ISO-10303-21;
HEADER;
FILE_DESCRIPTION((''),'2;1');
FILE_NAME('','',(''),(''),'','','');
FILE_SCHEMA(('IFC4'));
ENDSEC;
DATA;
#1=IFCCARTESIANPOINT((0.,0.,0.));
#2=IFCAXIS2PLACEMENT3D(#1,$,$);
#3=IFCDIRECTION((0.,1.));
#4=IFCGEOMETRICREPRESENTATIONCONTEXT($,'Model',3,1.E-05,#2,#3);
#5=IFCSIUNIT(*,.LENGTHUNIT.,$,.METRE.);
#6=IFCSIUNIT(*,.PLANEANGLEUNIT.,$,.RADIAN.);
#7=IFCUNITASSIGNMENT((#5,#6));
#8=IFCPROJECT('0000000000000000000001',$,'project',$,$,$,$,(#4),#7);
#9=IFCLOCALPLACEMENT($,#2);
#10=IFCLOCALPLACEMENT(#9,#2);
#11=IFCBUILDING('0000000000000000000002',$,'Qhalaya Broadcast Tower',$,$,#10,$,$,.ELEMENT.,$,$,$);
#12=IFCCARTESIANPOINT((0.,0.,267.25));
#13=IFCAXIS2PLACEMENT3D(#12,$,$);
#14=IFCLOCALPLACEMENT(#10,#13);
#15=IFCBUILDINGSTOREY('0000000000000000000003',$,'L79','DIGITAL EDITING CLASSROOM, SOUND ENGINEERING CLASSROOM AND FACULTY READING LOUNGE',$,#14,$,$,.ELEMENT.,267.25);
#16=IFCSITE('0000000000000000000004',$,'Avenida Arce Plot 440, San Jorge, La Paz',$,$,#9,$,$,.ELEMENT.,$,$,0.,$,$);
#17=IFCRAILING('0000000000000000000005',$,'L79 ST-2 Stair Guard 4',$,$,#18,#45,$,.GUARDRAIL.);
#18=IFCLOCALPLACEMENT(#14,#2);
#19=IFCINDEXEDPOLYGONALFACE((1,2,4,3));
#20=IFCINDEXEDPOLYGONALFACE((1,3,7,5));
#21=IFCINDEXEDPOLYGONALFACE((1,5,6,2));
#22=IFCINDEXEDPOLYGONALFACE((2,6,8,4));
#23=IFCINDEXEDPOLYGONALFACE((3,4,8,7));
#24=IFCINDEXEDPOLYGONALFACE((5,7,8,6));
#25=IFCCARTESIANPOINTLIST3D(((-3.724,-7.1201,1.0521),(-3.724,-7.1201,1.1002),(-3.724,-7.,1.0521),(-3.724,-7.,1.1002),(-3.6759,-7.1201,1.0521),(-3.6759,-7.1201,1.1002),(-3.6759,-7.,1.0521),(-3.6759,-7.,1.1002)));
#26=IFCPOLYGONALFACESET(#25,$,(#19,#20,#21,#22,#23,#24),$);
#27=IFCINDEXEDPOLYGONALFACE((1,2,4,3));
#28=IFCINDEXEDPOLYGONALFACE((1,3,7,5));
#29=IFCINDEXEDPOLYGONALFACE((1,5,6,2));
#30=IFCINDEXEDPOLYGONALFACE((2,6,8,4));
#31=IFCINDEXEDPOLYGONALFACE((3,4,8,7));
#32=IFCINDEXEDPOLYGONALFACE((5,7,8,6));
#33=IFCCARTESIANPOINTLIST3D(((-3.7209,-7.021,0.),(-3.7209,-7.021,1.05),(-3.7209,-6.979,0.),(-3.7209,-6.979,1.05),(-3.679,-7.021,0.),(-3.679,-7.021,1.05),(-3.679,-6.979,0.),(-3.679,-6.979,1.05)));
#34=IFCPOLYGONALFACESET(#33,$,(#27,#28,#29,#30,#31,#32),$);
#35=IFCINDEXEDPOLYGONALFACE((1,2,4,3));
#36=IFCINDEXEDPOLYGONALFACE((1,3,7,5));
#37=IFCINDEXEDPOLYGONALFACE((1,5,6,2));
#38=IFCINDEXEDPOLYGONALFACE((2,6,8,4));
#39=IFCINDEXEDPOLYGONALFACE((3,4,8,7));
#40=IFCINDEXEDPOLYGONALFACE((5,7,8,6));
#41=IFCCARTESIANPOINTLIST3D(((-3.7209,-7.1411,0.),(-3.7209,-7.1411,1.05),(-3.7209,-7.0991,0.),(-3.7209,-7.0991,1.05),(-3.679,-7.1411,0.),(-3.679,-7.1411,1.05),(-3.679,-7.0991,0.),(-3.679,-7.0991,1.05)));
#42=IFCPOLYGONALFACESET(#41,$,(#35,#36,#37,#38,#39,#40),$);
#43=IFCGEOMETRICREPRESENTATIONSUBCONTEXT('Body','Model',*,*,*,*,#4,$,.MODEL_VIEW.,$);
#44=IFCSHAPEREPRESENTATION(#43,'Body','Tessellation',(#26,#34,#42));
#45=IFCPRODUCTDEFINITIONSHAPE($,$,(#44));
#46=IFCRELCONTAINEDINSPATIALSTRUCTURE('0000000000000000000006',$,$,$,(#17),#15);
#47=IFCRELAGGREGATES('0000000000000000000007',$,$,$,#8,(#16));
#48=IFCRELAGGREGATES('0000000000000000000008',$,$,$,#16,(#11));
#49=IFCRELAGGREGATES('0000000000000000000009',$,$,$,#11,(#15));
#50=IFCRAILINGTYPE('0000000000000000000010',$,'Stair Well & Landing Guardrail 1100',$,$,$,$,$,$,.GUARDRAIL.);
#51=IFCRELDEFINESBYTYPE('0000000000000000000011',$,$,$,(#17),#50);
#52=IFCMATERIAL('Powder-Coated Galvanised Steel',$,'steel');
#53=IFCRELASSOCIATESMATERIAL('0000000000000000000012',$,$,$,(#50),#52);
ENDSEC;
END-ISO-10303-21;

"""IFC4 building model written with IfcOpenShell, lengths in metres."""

from ifc_helpers import new_model, si_unit, direction, frame, origin, origin_2d, place, context, subcontext, project, spatial, rectangle, extrude, material, type_object, element, save


model = new_model("IFC4")

# Units and contexts
model_context = context("Model", 3, precision=1e-05, world=origin(), true_north=direction((0.0, 1.0)))
body_context = subcontext(model_context, "Body", "Model", "MODEL_VIEW")
ifc_project = project(units=[si_unit("LENGTHUNIT", "METRE"), si_unit("PLANEANGLEUNIT", "RADIAN")], contexts=[model_context])

# Site, building, storey
site_placement = place(None, origin())
site = spatial("IfcSite", under=ifc_project, at=site_placement, Name="Avenida Arce Plot 440, San Jorge, La Paz", CompositionType="ELEMENT", RefElevation=0.0)
building_placement = place(site_placement, origin())
building = spatial("IfcBuilding", under=site, at=building_placement, Name="Qhalaya Broadcast Tower", CompositionType="ELEMENT")
storey_placement = place(building_placement, frame((0.0, 0.0, 267.25)))
storey = spatial("IfcBuildingStorey", under=building, at=storey_placement, Name="L79", Description="DIGITAL EDITING CLASSROOM, SOUND ENGINEERING CLASSROOM AND FACULTY READING LOUNGE", CompositionType="ELEMENT", Elevation=267.25)

# Railing
ifc_material_1 = material(Name="Powder-Coated Galvanised Steel", Category="steel")
railing_type_1 = type_object("IfcRailingType", Name="Stair Well & Landing Guardrail 1100", PredefinedType="GUARDRAIL", material=ifc_material_1)
railing_1_placement = place(storey_placement, frame((-3.7, -7.0, 0.0)))
element("IfcRailing", 1, at=railing_1_placement, inside=storey, type_object=railing_type_1, Name="L79 ST-2 Stair Guard 4", PredefinedType="GUARDRAIL", context=body_context, shape_type="SweptSolid", body=[
    extrude(rectangle(XDim=0.0481, YDim=0.0481, at=origin_2d()), frame((0.0, 0.0, 1.0762), z_axis=(0.0, -1.0, 0.0), x_axis=(1.0, 0.0, 0.0)), (0.0, 0.0, 1.0), 0.1201),
    extrude(rectangle(XDim=0.042, YDim=0.042, at=origin_2d()), origin(), (0.0, 0.0, 1.0), 1.05),
    extrude(rectangle(XDim=0.042, YDim=0.042, at=origin_2d()), frame((0.0, -0.1201, 0.0)), (0.0, 0.0, 1.0), 1.05),
])

save(model, "model.ifc")
